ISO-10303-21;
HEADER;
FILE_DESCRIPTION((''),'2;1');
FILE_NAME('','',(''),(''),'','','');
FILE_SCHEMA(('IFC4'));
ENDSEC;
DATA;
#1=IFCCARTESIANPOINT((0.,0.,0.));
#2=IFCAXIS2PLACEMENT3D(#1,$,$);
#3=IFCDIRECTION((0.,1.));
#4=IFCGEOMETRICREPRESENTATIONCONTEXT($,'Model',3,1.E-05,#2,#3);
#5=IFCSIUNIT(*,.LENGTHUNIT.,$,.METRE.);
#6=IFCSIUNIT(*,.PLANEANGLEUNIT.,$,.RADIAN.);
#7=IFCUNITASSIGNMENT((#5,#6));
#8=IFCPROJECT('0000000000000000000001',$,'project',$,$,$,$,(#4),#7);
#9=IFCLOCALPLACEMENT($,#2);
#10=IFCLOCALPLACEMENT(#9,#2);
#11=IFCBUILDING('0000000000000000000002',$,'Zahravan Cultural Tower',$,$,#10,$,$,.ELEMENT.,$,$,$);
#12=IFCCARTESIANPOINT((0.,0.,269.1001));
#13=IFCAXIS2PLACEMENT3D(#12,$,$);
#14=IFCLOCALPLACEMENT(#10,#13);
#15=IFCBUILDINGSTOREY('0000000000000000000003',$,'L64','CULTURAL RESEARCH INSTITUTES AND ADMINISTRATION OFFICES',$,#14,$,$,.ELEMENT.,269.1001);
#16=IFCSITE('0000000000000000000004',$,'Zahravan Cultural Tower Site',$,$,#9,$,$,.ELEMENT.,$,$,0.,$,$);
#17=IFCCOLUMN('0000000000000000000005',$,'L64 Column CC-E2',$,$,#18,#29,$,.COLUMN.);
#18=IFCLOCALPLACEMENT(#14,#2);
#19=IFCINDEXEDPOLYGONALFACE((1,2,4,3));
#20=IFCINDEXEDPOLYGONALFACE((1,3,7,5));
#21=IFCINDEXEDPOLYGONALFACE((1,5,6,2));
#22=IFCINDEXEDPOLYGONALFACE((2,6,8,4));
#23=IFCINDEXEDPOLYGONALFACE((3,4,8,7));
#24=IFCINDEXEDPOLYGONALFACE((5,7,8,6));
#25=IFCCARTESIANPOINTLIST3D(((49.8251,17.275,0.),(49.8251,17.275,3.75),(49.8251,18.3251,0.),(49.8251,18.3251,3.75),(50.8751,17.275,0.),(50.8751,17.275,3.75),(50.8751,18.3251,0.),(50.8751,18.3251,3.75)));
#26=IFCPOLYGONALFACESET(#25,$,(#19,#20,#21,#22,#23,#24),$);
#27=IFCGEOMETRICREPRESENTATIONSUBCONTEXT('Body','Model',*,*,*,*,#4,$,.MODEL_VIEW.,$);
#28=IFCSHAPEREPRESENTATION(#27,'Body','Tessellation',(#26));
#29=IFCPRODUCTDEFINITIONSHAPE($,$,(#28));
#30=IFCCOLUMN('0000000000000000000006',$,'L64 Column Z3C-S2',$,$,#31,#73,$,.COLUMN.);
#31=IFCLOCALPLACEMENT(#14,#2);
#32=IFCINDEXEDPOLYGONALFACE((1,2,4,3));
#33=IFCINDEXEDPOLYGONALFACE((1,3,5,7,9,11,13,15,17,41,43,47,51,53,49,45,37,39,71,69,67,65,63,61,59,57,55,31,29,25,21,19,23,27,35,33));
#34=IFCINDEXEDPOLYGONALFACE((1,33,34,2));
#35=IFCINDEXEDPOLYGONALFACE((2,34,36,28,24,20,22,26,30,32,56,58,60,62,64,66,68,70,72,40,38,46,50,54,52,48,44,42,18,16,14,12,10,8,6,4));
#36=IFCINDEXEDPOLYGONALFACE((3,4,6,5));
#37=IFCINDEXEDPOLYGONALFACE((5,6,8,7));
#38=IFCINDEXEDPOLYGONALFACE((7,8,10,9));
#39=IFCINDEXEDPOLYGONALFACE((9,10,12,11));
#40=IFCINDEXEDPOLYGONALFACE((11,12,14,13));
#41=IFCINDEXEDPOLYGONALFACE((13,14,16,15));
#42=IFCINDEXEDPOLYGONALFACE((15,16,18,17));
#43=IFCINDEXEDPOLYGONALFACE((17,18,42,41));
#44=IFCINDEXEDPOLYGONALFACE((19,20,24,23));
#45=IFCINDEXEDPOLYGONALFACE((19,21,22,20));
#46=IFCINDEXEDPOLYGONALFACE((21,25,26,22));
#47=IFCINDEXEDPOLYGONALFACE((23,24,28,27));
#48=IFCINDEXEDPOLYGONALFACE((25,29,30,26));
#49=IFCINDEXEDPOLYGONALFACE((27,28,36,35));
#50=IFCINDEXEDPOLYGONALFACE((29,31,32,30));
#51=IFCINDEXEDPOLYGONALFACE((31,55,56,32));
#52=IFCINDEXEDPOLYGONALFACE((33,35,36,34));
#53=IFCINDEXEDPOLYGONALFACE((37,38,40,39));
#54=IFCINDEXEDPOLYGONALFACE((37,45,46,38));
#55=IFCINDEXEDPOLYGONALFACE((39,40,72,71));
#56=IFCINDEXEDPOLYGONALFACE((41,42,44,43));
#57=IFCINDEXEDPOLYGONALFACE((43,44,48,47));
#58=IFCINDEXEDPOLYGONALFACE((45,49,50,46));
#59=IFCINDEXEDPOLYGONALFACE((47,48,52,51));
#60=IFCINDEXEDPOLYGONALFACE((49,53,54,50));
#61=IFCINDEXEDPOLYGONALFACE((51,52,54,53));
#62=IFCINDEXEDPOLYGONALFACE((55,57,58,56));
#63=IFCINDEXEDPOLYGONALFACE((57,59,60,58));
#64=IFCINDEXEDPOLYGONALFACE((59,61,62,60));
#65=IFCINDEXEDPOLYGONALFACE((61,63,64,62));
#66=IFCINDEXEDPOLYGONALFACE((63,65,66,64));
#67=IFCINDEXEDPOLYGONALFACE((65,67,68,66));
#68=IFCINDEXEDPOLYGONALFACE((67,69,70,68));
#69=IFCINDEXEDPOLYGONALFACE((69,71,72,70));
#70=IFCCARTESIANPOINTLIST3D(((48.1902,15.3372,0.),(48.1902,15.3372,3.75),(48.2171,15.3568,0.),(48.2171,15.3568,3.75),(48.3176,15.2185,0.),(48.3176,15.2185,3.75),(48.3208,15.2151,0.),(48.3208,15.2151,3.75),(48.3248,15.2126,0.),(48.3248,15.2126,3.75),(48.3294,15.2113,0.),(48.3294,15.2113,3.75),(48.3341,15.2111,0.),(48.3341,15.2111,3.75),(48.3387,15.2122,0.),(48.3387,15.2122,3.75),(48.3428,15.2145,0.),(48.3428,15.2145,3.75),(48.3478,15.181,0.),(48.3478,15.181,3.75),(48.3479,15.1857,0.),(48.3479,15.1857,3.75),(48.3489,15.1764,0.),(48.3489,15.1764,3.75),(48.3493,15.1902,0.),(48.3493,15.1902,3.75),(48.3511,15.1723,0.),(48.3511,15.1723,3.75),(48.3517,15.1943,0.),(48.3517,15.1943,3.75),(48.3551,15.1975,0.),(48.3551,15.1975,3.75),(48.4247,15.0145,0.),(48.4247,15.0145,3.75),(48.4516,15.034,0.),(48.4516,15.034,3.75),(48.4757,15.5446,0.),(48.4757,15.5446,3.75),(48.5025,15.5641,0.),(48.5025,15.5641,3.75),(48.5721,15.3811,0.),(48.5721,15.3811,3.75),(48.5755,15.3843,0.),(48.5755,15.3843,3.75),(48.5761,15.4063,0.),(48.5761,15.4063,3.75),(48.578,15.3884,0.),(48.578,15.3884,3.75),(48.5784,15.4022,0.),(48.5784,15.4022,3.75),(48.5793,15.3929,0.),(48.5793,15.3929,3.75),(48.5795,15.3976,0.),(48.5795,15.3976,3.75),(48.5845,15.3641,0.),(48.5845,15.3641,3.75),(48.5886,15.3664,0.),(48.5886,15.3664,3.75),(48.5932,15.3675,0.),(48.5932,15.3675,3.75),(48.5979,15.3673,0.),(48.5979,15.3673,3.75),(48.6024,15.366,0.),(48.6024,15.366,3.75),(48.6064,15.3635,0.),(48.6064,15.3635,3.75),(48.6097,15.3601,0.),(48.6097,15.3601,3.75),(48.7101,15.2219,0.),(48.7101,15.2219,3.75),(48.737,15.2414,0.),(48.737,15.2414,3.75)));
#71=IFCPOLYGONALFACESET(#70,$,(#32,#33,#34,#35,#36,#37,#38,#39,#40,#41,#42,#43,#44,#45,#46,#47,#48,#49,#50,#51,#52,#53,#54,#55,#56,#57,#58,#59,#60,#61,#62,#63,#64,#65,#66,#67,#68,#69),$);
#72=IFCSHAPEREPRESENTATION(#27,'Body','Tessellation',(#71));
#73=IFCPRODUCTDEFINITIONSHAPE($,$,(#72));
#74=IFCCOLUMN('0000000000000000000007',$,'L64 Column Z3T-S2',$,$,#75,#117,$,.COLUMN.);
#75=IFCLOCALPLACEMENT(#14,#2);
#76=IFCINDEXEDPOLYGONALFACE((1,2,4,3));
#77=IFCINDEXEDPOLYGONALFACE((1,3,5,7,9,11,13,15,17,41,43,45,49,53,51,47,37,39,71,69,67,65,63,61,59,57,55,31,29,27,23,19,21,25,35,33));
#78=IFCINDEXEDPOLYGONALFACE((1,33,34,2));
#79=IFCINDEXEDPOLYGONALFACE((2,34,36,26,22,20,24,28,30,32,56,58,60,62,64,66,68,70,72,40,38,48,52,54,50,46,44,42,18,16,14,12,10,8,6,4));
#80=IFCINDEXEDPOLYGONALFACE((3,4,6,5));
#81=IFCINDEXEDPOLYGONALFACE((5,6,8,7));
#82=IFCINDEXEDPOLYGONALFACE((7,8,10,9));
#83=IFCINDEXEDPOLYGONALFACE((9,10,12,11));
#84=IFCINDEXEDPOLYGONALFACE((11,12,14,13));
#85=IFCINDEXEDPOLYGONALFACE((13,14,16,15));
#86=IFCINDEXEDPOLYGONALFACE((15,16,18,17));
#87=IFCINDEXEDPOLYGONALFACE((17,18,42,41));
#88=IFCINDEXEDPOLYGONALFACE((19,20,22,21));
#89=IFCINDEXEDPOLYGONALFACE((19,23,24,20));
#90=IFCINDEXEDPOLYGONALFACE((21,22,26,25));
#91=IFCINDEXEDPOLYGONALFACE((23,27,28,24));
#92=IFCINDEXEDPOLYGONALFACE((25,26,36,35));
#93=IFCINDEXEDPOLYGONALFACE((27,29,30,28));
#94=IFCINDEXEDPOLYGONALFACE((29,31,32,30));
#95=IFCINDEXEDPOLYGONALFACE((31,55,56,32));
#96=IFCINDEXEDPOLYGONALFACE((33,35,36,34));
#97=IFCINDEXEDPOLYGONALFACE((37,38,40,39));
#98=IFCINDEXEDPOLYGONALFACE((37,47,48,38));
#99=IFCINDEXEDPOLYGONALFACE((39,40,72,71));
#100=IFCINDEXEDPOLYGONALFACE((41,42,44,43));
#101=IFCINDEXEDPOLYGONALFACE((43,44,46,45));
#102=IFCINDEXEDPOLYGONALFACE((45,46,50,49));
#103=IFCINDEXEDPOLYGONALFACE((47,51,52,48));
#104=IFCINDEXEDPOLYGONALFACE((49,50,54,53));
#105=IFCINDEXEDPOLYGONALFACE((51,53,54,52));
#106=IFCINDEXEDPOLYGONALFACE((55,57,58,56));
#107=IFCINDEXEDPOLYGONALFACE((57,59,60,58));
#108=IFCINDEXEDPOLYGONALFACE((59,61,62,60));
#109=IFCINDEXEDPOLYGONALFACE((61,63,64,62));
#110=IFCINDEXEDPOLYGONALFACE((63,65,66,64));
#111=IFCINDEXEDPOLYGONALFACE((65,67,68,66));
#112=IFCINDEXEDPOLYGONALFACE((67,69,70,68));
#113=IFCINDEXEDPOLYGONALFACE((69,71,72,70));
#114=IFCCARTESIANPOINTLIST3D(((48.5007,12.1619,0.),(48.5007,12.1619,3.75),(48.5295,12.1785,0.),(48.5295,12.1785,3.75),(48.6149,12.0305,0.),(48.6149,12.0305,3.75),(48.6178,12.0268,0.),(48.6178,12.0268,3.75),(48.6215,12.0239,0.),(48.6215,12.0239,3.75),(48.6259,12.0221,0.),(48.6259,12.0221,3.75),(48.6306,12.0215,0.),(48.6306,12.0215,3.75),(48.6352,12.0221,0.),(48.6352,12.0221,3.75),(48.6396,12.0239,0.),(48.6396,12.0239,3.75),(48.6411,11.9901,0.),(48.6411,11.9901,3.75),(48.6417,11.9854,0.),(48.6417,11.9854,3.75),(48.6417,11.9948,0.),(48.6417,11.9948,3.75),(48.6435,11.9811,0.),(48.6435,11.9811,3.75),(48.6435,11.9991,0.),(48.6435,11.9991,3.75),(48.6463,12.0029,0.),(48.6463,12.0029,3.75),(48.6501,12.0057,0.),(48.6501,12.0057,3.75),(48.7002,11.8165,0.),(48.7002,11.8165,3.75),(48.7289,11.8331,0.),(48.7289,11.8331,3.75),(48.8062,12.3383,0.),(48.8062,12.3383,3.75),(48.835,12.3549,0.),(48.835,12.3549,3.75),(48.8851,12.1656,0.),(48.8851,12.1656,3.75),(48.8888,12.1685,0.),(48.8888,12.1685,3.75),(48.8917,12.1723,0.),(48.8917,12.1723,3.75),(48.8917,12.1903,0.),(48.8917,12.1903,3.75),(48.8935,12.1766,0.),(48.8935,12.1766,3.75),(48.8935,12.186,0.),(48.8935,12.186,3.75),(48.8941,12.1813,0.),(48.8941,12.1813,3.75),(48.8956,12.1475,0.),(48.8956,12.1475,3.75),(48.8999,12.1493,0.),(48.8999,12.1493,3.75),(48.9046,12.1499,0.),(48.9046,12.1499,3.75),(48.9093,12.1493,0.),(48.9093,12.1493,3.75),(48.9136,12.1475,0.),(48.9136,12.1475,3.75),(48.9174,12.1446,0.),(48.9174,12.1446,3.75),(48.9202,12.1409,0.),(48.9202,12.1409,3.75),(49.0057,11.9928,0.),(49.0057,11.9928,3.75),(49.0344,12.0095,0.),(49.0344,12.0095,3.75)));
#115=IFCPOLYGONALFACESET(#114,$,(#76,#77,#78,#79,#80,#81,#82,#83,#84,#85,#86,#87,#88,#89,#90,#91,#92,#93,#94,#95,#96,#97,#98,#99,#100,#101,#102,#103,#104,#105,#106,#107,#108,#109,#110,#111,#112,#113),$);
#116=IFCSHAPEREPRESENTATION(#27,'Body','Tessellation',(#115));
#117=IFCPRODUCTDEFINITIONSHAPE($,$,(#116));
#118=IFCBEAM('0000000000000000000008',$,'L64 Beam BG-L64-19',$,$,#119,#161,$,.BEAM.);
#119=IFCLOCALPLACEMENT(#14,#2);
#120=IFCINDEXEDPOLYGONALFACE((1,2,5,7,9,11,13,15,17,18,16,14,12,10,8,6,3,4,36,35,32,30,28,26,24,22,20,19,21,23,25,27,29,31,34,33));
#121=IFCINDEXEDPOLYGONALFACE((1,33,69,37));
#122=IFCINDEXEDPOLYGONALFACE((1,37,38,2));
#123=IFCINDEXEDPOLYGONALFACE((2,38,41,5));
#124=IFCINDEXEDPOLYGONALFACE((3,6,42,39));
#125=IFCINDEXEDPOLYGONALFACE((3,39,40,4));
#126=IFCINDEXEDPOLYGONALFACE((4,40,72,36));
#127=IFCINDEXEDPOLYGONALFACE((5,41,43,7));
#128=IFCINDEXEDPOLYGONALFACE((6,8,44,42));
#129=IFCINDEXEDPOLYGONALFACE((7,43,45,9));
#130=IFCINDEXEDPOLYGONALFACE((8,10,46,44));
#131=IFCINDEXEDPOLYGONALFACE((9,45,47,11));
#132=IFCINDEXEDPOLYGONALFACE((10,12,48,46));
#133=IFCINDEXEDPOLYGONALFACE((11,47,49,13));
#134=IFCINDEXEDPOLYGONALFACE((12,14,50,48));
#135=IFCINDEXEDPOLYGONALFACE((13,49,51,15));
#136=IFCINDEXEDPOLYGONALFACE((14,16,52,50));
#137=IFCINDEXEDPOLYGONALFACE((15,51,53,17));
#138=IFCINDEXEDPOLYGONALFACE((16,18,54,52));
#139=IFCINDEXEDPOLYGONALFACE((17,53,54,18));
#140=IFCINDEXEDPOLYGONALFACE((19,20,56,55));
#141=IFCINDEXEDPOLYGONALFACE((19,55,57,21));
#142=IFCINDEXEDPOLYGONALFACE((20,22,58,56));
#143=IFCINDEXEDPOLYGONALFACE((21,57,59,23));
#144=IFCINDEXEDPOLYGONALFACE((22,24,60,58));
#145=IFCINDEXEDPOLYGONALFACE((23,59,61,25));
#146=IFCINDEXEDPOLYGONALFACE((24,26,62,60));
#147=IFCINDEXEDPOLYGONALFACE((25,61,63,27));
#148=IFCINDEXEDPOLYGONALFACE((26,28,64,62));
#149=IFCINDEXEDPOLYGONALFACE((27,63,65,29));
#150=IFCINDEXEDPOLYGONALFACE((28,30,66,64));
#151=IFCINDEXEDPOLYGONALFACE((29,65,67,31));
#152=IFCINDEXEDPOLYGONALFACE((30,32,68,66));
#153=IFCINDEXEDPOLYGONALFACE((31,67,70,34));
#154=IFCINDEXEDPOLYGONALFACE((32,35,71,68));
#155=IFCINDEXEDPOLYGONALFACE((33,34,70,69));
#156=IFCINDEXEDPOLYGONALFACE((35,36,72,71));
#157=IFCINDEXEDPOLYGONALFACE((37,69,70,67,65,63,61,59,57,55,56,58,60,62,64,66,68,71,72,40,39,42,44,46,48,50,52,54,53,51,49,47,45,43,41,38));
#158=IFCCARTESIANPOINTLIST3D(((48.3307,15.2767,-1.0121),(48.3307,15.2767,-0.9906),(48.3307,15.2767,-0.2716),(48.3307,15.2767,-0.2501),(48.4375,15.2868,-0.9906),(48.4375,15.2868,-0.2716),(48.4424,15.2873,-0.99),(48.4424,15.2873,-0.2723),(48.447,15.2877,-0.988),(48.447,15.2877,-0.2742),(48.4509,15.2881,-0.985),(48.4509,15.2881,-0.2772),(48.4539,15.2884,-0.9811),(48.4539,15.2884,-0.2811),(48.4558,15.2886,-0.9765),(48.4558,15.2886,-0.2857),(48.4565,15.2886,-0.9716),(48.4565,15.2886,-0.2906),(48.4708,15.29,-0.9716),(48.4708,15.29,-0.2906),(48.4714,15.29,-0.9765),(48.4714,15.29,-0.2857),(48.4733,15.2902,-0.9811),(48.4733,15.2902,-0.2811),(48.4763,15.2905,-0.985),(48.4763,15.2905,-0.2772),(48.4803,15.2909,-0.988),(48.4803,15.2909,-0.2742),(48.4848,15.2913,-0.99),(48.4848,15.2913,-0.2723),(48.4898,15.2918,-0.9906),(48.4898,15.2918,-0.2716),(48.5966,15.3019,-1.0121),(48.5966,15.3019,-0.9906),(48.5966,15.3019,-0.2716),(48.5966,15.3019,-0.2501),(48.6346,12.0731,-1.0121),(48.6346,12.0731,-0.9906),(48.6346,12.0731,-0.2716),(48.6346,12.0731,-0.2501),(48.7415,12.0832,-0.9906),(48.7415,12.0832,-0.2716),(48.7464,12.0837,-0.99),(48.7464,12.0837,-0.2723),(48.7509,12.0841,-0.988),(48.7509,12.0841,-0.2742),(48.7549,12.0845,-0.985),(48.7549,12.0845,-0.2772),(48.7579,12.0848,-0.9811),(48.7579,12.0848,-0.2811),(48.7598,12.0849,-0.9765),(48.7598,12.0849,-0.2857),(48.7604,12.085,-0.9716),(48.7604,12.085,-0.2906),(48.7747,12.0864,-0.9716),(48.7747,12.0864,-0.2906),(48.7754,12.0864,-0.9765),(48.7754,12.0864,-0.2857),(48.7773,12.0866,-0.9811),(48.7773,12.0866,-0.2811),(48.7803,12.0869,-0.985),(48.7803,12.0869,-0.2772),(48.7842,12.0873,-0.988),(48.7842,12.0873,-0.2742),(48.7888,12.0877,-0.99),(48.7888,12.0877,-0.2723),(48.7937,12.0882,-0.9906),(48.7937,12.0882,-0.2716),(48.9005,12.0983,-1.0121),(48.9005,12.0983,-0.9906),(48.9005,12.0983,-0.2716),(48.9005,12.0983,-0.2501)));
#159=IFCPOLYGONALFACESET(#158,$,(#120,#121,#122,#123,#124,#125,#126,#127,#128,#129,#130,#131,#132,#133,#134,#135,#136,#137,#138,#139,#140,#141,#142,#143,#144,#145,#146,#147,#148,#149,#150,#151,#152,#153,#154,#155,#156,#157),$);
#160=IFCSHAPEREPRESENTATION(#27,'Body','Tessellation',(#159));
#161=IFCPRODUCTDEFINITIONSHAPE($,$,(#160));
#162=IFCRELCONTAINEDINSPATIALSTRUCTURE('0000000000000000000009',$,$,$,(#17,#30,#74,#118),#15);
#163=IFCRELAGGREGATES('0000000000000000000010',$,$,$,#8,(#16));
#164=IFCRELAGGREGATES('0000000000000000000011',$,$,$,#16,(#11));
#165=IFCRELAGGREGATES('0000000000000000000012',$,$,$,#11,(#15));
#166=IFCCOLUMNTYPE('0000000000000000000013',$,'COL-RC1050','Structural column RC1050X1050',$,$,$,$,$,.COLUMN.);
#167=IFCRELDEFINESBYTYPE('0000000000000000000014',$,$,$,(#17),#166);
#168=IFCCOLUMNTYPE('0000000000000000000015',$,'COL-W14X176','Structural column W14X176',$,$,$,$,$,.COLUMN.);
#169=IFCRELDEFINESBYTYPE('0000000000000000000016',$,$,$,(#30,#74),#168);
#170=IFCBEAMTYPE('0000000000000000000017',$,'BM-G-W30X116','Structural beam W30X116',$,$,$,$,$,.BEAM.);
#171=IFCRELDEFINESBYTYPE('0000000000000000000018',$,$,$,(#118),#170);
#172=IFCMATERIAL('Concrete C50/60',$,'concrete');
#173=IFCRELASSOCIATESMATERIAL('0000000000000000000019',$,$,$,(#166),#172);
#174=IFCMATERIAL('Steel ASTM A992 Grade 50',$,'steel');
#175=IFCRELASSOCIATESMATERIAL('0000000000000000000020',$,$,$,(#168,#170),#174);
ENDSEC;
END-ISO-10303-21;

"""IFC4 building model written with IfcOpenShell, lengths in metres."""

from ifc_helpers import new_model, si_unit, direction, frame, origin, origin_2d, place, context, subcontext, project, spatial, rectangle, i_section, extrude, source, transform, mapped, material, material_profile, profile_set, type_object, element, save


model = new_model("IFC4")

# Units and contexts
model_context = context("Model", 3, precision=1e-05, world=origin(), true_north=direction((0.0, 1.0)))
body_context = subcontext(model_context, "Body", "Model", "MODEL_VIEW")
ifc_project = project(units=[si_unit("LENGTHUNIT", "METRE"), si_unit("PLANEANGLEUNIT", "RADIAN")], contexts=[model_context])

# Site, building, storey
site_placement = place(None, origin())
site = spatial("IfcSite", under=ifc_project, at=site_placement, Name="Zahravan Cultural Tower Site", CompositionType="ELEMENT", RefElevation=0.0)
building_placement = place(site_placement, origin())
building = spatial("IfcBuilding", under=site, at=building_placement, Name="Zahravan Cultural Tower", CompositionType="ELEMENT")
storey_placement = place(building_placement, frame((0.0, 0.0, 269.1001)))
storey = spatial("IfcBuildingStorey", under=building, at=storey_placement, Name="L64", Description="CULTURAL RESEARCH INSTITUTES AND ADMINISTRATION OFFICES", CompositionType="ELEMENT", Elevation=269.1001)

# Columns
ifc_material_1 = material(Name="Concrete C50/60", Category="concrete")
ifc_material_profile_1 = material_profile(ifc_material_1, rectangle(XDim=1.05, YDim=1.05, at=origin_2d()), Name="RC1050X1050")
ifc_profile_set_1 = profile_set([ifc_material_profile_1], Name="Concrete C50/60")
column_type_1 = type_object("IfcColumnType", Name="COL-RC1050", Description="Structural column RC1050X1050", PredefinedType="COLUMN", material=ifc_profile_set_1)
shared_shape_1 = source(origin(), body_context, "Body", "SweptSolid", [
    extrude(rectangle(XDim=1.05, YDim=1.05, at=origin_2d()), origin(), (0.0, 0.0, 1.0), 3.75),
])
column_placement = place(storey_placement, frame((50.3501, 17.8, 0.0), z_axis=(0.0, 0.0, 1.0), x_axis=(1.0, 0.0, 0.0)))
element("IfcColumn", 1, at=column_placement, inside=storey, type_object=column_type_1, Name="L64 Column CC-E2", PredefinedType="COLUMN", context=body_context, shape_type="MappedRepresentation", body=[
    mapped(shared_shape_1, transform((0.0, 0.0, 0.0), x_axis=(1.0, 0.0, 0.0), y_axis=(0.0, 1.0, 0.0), z_axis=(0.0, 0.0, 1.0), scale=1.0)),
])
ifc_material_2 = material(Name="Steel ASTM A992 Grade 50", Category="steel")
ifc_material_profile_2 = material_profile(ifc_material_2, i_section(OverallWidth=0.3989, OverallDepth=0.386, WebThickness=0.021, FlangeThickness=0.0332, FilletRadius=0.0181, at=origin_2d()), Name="W14X176")
ifc_profile_set_2 = profile_set([ifc_material_profile_2], Name="Steel ASTM A992 Grade 50")
column_type_2 = type_object("IfcColumnType", Name="COL-W14X176", Description="Structural column W14X176", PredefinedType="COLUMN", material=ifc_profile_set_2)
shared_shape_2 = source(origin(), body_context, "Body", "SweptSolid", [
    extrude(i_section(OverallWidth=0.3989, OverallDepth=0.386, WebThickness=0.021, FlangeThickness=0.0332, FilletRadius=0.0181, at=origin_2d()), origin(), (0.0, 0.0, 1.0), 3.75),
])
for number, where, z_axis, x_axis, name in (
    (2, (48.4636, 15.2893, 0.0), (0.0, 0.0, 1.0), (-0.587785, 0.809017, 0.0), "L64 Column Z3C-S2"),
    (3, (48.7676, 12.0857, 0.0), (0.0, 0.0, 1.0), (-0.5, 0.866025, 0.0), "L64 Column Z3T-S2"),
):
    element("IfcColumn", number, at=place(storey_placement, frame(where, z_axis=z_axis, x_axis=x_axis)), inside=storey, type_object=column_type_2, Name=name, PredefinedType="COLUMN", context=body_context, shape_type="MappedRepresentation", body=[
        mapped(shared_shape_2, transform((0.0, 0.0, 0.0), x_axis=(1.0, 0.0, 0.0), y_axis=(0.0, 1.0, 0.0), z_axis=(0.0, 0.0, 1.0), scale=1.0)),
    ])

# Beam
ifc_material_profile_3 = material_profile(ifc_material_2, i_section(OverallWidth=0.2671, OverallDepth=0.762, WebThickness=0.0144, FlangeThickness=0.0215, FilletRadius=0.019, at=origin_2d()), Name="W30X116")
ifc_profile_set_3 = profile_set([ifc_material_profile_3], Name="Steel ASTM A992 Grade 50")
beam_type = type_object("IfcBeamType", Name="BM-G-W30X116", Description="Structural beam W30X116", PredefinedType="BEAM", material=ifc_profile_set_3)
shared_shape_3 = source(origin(), body_context, "Body", "SweptSolid", [
    extrude(i_section(OverallWidth=0.2671, OverallDepth=0.762, WebThickness=0.0144, FlangeThickness=0.0215, FilletRadius=0.019, at=origin_2d()), origin(), (0.0, 0.0, 1.0), 3.218),
])
beam_placement = place(storey_placement, frame((48.4636, 15.2893, -0.6311), z_axis=(0.094455, -0.995529, 0.0), x_axis=(0.995529, 0.094455, 0.0)))
element("IfcBeam", 4, at=beam_placement, inside=storey, type_object=beam_type, Name="L64 Beam BG-L64-19", PredefinedType="BEAM", context=body_context, shape_type="MappedRepresentation", body=[
    mapped(shared_shape_3, transform((0.0, 0.0, 0.0), x_axis=(1.0, 0.0, 0.0), y_axis=(0.0, 1.0, 0.0), z_axis=(0.0, 0.0, 1.0), scale=1.0)),
])

save(model, "model.ifc")
